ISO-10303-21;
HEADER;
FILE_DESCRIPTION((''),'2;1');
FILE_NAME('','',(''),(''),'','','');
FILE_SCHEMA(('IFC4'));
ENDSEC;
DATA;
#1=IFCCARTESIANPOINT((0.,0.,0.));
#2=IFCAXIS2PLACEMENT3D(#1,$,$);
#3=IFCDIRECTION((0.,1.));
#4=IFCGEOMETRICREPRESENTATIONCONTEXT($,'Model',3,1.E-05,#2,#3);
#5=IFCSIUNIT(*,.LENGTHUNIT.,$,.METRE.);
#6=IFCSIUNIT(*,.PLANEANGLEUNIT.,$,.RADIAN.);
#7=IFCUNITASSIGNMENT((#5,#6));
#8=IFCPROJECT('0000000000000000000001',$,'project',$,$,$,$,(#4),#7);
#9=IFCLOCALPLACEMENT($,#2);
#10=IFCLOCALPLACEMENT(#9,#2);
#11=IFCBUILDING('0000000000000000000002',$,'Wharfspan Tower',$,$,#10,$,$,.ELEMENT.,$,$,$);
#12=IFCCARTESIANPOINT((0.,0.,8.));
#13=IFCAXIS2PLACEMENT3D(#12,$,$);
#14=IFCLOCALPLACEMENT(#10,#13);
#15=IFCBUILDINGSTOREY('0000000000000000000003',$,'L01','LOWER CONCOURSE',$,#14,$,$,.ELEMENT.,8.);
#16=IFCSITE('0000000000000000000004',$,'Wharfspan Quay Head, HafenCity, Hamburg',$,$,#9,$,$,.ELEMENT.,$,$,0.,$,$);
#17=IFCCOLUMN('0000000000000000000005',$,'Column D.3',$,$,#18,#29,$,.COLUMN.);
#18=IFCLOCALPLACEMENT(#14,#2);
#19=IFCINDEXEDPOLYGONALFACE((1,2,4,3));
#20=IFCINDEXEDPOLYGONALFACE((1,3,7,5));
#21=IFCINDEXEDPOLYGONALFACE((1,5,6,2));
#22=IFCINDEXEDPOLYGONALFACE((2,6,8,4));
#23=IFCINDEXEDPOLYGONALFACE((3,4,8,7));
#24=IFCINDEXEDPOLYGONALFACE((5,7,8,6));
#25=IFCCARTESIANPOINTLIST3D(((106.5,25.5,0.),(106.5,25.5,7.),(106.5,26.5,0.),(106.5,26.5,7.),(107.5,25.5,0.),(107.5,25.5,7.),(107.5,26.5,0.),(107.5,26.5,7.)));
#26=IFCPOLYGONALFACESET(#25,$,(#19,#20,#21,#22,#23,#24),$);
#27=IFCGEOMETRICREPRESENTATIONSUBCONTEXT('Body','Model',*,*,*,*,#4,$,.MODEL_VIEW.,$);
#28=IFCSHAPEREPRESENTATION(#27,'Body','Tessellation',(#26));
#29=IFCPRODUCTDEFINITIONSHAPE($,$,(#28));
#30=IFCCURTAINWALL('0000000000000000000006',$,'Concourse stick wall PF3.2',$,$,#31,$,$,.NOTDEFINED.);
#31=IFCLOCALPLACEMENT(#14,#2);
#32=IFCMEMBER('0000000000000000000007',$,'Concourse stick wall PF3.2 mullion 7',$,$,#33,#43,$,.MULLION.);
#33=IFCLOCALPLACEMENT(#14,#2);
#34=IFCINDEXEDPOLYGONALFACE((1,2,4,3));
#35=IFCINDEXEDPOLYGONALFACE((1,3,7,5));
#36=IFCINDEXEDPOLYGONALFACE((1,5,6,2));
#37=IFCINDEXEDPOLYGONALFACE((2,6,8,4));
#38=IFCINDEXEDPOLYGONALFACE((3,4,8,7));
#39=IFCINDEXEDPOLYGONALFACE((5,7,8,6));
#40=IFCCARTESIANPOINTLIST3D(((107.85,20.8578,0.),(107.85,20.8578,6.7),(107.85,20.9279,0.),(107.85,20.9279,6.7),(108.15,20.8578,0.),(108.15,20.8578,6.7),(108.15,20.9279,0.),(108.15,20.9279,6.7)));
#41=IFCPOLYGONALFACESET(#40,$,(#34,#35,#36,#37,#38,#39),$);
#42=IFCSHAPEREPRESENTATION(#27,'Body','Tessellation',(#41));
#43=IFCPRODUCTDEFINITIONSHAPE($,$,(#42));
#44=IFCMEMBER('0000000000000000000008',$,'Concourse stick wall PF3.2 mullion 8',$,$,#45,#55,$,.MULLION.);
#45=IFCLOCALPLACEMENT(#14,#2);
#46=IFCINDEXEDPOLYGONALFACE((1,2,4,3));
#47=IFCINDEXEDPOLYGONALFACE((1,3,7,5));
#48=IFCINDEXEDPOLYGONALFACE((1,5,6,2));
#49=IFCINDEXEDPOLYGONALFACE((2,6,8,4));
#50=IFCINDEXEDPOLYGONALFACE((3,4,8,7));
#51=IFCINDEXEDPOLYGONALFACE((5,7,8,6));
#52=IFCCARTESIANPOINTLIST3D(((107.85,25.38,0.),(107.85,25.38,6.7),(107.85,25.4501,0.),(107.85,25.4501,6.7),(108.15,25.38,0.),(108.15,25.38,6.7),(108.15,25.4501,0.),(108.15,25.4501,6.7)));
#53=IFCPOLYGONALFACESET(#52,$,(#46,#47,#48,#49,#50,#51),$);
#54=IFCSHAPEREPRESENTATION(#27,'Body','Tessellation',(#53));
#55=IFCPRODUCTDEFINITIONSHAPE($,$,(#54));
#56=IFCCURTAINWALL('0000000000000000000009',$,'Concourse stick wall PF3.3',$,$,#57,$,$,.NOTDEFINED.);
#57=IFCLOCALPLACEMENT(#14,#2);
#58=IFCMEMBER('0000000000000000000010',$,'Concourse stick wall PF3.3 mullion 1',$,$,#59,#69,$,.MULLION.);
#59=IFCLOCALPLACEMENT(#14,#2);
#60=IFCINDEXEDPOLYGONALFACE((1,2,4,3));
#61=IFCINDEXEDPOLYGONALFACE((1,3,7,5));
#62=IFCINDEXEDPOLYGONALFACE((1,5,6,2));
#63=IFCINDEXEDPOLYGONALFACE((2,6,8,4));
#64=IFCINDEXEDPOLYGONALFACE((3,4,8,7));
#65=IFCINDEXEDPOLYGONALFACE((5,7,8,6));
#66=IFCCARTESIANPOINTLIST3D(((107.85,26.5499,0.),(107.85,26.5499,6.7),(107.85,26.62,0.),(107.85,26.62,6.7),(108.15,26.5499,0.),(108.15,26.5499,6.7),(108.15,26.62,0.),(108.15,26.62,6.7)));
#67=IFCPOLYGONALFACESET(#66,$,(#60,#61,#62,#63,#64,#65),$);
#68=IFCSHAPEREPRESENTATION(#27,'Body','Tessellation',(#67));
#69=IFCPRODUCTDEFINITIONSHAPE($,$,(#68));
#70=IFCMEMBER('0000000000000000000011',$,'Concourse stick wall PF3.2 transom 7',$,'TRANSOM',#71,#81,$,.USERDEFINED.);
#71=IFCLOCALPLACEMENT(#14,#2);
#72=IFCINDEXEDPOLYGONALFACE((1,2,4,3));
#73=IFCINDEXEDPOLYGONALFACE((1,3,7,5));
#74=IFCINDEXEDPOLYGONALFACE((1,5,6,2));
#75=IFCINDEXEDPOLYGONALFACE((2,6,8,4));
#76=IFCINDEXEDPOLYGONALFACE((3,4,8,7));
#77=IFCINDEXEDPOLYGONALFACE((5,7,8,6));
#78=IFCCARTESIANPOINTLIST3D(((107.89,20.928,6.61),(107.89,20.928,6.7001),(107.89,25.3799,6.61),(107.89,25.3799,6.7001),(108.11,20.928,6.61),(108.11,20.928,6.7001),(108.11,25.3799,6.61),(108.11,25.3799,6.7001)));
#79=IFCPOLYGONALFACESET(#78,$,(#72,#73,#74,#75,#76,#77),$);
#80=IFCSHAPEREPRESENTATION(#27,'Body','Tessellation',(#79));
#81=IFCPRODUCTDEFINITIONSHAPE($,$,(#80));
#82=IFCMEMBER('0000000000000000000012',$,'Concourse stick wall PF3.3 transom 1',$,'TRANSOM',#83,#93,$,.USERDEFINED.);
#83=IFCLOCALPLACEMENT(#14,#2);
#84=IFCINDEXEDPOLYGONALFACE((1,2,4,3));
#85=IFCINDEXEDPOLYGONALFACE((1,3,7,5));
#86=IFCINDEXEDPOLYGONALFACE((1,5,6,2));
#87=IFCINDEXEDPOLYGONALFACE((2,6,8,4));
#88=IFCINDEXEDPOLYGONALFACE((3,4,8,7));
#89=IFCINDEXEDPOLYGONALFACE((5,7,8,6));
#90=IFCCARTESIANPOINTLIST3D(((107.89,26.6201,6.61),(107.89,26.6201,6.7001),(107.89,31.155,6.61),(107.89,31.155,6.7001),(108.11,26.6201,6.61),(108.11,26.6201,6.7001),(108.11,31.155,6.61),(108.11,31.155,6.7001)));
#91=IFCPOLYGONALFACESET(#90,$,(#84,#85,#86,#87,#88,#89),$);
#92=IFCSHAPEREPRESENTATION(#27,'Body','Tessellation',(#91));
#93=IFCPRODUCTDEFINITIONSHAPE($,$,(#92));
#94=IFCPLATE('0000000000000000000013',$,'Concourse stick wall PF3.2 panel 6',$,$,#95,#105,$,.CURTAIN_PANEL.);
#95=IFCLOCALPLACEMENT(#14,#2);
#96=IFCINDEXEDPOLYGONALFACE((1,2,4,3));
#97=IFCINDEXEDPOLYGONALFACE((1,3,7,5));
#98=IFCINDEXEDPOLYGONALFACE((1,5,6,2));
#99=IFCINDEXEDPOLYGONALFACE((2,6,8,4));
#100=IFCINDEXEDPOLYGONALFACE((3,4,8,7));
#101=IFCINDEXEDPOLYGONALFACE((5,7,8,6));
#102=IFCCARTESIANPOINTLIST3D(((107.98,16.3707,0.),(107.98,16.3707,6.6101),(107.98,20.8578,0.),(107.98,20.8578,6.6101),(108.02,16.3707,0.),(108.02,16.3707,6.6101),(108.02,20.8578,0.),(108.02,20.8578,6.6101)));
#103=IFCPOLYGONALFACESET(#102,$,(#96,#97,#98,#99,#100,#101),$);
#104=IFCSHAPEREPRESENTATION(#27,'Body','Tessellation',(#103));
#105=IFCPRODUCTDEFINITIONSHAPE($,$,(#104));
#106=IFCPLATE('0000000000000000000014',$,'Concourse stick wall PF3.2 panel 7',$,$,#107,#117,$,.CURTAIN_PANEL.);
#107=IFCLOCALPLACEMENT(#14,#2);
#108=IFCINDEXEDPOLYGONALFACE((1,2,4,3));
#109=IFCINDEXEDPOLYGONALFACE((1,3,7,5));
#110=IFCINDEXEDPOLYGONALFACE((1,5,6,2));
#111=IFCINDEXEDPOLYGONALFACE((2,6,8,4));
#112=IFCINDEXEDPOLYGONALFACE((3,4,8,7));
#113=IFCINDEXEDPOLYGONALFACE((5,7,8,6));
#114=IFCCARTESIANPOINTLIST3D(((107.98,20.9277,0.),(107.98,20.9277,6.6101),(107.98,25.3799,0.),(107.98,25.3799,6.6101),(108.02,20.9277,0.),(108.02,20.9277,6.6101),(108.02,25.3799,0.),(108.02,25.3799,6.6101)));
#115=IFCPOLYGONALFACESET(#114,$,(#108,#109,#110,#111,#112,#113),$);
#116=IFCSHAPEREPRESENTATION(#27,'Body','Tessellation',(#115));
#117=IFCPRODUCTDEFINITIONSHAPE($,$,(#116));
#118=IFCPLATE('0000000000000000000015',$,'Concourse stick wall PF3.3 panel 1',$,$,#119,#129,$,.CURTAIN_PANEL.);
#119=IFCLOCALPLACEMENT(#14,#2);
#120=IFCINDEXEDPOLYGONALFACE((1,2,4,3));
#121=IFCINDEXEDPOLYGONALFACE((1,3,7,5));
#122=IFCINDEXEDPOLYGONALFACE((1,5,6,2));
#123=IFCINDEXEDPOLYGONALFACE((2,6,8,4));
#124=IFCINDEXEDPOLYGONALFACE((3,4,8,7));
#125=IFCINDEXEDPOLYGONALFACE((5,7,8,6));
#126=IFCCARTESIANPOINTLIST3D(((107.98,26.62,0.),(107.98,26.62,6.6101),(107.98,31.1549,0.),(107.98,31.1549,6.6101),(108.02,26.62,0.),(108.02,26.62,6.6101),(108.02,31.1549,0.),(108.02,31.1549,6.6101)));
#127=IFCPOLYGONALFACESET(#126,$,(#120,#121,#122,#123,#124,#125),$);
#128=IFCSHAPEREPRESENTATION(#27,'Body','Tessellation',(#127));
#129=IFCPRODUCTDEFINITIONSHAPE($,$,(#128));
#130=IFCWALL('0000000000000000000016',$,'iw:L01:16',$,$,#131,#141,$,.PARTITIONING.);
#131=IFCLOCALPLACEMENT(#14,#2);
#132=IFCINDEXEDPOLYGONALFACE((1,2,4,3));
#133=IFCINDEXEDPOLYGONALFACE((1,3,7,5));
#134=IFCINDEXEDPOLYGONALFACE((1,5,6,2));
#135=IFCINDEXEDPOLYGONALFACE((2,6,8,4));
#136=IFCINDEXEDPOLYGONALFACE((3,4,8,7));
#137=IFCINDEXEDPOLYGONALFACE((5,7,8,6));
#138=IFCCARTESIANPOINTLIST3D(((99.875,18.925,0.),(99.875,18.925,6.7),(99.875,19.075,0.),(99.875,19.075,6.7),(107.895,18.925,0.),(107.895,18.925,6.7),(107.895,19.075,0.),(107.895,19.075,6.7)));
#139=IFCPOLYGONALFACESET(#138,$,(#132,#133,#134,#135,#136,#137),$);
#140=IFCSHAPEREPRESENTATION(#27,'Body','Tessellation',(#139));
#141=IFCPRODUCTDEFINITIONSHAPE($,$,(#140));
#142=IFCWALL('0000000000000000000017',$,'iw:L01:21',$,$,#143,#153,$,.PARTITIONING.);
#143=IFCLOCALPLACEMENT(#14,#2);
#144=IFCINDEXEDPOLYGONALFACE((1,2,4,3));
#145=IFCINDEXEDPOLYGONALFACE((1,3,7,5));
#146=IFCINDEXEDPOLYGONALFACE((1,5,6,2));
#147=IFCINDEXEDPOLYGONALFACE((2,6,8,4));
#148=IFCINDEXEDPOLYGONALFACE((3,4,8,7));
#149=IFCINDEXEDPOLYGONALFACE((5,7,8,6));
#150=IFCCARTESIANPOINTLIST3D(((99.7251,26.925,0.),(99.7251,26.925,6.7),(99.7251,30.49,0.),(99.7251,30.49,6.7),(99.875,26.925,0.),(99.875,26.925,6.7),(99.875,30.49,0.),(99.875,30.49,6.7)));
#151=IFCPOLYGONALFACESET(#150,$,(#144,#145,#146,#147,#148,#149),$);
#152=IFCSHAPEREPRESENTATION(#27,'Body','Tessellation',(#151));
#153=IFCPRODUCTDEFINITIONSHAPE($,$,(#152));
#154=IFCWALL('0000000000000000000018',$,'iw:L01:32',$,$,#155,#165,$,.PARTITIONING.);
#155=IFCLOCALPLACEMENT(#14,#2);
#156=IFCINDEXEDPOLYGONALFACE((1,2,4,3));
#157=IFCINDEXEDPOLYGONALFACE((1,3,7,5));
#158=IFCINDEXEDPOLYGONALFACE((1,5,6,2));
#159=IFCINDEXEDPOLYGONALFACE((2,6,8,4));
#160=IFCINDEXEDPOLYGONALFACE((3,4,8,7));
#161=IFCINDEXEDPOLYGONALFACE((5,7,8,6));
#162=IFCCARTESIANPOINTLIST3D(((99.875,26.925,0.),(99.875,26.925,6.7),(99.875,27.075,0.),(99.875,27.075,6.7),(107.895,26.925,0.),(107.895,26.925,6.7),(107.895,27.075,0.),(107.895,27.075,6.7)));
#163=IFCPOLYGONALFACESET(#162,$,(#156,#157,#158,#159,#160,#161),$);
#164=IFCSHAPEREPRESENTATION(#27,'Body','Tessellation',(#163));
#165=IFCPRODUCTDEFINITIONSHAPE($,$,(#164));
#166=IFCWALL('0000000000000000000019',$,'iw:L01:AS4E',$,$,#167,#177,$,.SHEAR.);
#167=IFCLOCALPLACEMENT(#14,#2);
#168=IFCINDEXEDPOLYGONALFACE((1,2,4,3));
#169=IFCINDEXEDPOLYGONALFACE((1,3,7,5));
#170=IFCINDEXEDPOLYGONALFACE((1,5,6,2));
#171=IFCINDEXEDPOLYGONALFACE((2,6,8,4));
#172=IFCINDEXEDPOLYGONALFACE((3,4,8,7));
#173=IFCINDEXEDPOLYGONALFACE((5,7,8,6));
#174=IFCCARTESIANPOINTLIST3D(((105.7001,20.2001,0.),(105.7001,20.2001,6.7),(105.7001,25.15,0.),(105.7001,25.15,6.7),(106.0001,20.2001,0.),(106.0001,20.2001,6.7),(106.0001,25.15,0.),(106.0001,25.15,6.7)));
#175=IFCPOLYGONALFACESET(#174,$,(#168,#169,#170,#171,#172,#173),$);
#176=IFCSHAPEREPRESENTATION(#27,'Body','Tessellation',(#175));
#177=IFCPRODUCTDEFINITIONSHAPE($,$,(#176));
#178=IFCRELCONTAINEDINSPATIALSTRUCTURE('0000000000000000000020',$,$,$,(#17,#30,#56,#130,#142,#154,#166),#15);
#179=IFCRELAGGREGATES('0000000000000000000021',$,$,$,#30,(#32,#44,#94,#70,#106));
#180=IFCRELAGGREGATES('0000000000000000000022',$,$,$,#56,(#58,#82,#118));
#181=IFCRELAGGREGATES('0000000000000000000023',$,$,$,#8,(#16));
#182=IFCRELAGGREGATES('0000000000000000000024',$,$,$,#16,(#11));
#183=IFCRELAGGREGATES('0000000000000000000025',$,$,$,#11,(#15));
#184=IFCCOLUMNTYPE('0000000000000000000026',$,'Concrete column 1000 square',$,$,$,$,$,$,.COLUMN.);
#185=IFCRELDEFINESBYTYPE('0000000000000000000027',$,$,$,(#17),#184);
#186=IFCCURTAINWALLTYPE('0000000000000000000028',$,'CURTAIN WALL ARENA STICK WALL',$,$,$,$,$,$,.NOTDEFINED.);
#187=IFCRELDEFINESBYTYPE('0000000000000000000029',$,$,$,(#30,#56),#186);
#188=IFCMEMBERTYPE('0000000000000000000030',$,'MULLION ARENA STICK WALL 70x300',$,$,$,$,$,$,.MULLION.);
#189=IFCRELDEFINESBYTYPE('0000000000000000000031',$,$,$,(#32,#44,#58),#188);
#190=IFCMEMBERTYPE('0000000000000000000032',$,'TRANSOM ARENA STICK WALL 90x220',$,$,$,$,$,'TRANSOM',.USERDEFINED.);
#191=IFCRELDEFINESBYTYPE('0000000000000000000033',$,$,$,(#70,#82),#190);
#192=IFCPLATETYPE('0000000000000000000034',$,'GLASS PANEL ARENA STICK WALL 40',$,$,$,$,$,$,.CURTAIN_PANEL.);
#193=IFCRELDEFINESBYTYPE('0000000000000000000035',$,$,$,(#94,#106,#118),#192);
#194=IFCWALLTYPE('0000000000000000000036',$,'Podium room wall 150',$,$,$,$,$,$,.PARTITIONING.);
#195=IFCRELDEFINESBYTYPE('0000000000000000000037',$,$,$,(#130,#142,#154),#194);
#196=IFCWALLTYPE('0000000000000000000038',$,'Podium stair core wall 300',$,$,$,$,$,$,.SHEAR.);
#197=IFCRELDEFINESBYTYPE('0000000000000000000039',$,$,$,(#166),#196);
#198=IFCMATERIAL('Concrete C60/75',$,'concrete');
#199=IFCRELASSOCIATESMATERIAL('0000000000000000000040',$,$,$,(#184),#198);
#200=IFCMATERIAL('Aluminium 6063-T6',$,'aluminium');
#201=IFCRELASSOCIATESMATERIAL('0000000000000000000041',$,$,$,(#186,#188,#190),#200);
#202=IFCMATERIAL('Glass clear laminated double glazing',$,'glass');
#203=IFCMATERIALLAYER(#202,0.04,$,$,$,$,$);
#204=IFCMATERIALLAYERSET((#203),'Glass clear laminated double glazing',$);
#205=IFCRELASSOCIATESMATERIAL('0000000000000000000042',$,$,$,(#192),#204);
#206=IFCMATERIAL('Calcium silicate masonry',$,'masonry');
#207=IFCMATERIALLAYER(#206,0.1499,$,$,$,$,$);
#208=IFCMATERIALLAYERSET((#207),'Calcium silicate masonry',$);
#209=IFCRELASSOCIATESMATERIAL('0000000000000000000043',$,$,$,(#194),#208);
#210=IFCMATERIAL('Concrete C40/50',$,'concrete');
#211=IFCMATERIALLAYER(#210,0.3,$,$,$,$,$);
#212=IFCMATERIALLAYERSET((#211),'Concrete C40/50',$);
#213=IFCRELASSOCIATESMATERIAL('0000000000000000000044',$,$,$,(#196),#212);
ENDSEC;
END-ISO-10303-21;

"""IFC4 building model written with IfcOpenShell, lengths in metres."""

from ifc_helpers import new_model, si_unit, direction, frame, frame_2d, origin, origin_2d, place, context, subcontext, project, spatial, rectangle, extrude, material, layer, layer_set, material_profile, profile_set, type_object, element, aggregate, save


model = new_model("IFC4")

# Units and contexts
model_context = context("Model", 3, precision=1e-05, world=origin(), true_north=direction((0.0, 1.0)))
body_context = subcontext(model_context, "Body", "Model", "MODEL_VIEW")
ifc_project = project(units=[si_unit("LENGTHUNIT", "METRE"), si_unit("PLANEANGLEUNIT", "RADIAN")], contexts=[model_context])

# Site, building, storey
site_placement = place(None, origin())
site = spatial("IfcSite", under=ifc_project, at=site_placement, Name="Wharfspan Quay Head, HafenCity, Hamburg", CompositionType="ELEMENT", RefElevation=0.0)
building_placement = place(site_placement, origin())
building = spatial("IfcBuilding", under=site, at=building_placement, Name="Wharfspan Tower", CompositionType="ELEMENT")
storey_placement = place(building_placement, frame((0.0, 0.0, 8.0)))
storey = spatial("IfcBuildingStorey", under=building, at=storey_placement, Name="L01", Description="LOWER CONCOURSE", CompositionType="ELEMENT", Elevation=8.0)

# Column
ifc_material_1 = material(Name="Concrete C60/75", Category="concrete")
ifc_material_profile_1 = material_profile(ifc_material_1, rectangle(XDim=1.0, YDim=1.0, at=origin_2d()))
ifc_profile_set_1 = profile_set([ifc_material_profile_1], Name="Concrete C60/75")
column_type = type_object("IfcColumnType", Name="Concrete column 1000 square", PredefinedType="COLUMN", material=ifc_profile_set_1)
column_placement = place(storey_placement, frame((107.0, 26.0, 0.0), z_axis=(0.0, 0.0, 1.0), x_axis=(1.0, 0.0, 0.0)))
element("IfcColumn", 1, at=column_placement, inside=storey, type_object=column_type, Name="Column D.3", PredefinedType="COLUMN", context=body_context, shape_type="SweptSolid", body=[
    extrude(rectangle(XDim=1.0, YDim=1.0, at=origin_2d()), origin(), (0.0, 0.0, 1.0), 7.0),
])

# Curtain wall, members
ifc_material_2 = material(Name="Aluminium 6063-T6", Category="aluminium")
curtain_wall_type = type_object("IfcCurtainWallType", Name="CURTAIN WALL ARENA STICK WALL", PredefinedType="NOTDEFINED", material=ifc_material_2)
curtain_wall_1_placement = place(storey_placement, origin())
curtain_wall_1 = element("IfcCurtainWall", 2, at=curtain_wall_1_placement, inside=storey, type_object=curtain_wall_type, Name="Concourse stick wall PF3.2", PredefinedType="NOTDEFINED")
ifc_material_profile_2 = material_profile(ifc_material_2, rectangle(XDim=0.3, YDim=0.0701, at=origin_2d()))
ifc_profile_set_2 = profile_set([ifc_material_profile_2], Name="Aluminium 6063-T6")
member_type_1 = type_object("IfcMemberType", Name="MULLION ARENA STICK WALL 70x300", PredefinedType="MULLION", material=ifc_profile_set_2)
member_1_placement = place(storey_placement, frame((108.0, 20.8928, 0.0), z_axis=(0.0, 0.0, 1.0), x_axis=(-1.0, 0.0, 0.0)))
member_1 = element("IfcMember", 3, at=member_1_placement, type_object=member_type_1, Name="Concourse stick wall PF3.2 mullion 7", PredefinedType="MULLION", context=body_context, shape_type="SweptSolid", body=[
    extrude(rectangle(XDim=0.3, YDim=0.0701, at=origin_2d()), origin(), (0.0, 0.0, 1.0), 6.7),
])
member_2_placement = place(storey_placement, frame((108.0, 25.415, 0.0), z_axis=(0.0, 0.0, 1.0), x_axis=(-1.0, 0.0, 0.0)))
member_2 = element("IfcMember", 4, at=member_2_placement, type_object=member_type_1, Name="Concourse stick wall PF3.2 mullion 8", PredefinedType="MULLION", context=body_context, shape_type="SweptSolid", body=[
    extrude(rectangle(XDim=0.3, YDim=0.0701, at=origin_2d()), origin(), (0.0, 0.0, 1.0), 6.7),
])

# Curtain wall, member
curtain_wall_2_placement = place(storey_placement, origin())
curtain_wall_2 = element("IfcCurtainWall", 5, at=curtain_wall_2_placement, inside=storey, type_object=curtain_wall_type, Name="Concourse stick wall PF3.3", PredefinedType="NOTDEFINED")
member_3_placement = place(storey_placement, frame((108.0, 26.585, 0.0), z_axis=(0.0, 0.0, 1.0), x_axis=(-1.0, 0.0, 0.0)))
member_3 = element("IfcMember", 6, at=member_3_placement, type_object=member_type_1, Name="Concourse stick wall PF3.3 mullion 1", PredefinedType="MULLION", context=body_context, shape_type="SweptSolid", body=[
    extrude(rectangle(XDim=0.3, YDim=0.0701, at=origin_2d()), origin(), (0.0, 0.0, 1.0), 6.7),
])

# Members
ifc_material_profile_3 = material_profile(ifc_material_2, rectangle(XDim=0.22, YDim=0.0901, at=origin_2d()))
ifc_profile_set_3 = profile_set([ifc_material_profile_3], Name="Aluminium 6063-T6")
member_type_2 = type_object("IfcMemberType", Name="TRANSOM ARENA STICK WALL 90x220", ElementType="TRANSOM", PredefinedType="USERDEFINED", material=ifc_profile_set_3)
member_4_placement = place(storey_placement, frame((108.0, 20.928, 6.655), z_axis=(0.0, 1.0, 0.0), x_axis=(-1.0, 0.0, 0.0)))
member_4 = element("IfcMember", 7, at=member_4_placement, type_object=member_type_2, Name="Concourse stick wall PF3.2 transom 7", ObjectType="TRANSOM", PredefinedType="USERDEFINED", context=body_context, shape_type="SweptSolid", body=[
    extrude(rectangle(XDim=0.22, YDim=0.0901, at=origin_2d()), origin(), (0.0, 0.0, 1.0), 4.4519),
])
member_5_placement = place(storey_placement, frame((108.0, 26.6201, 6.655), z_axis=(0.0, 1.0, 0.0), x_axis=(-1.0, 0.0, 0.0)))
member_5 = element("IfcMember", 8, at=member_5_placement, type_object=member_type_2, Name="Concourse stick wall PF3.3 transom 1", ObjectType="TRANSOM", PredefinedType="USERDEFINED", context=body_context, shape_type="SweptSolid", body=[
    extrude(rectangle(XDim=0.22, YDim=0.0901, at=origin_2d()), origin(), (0.0, 0.0, 1.0), 4.5349),
])

# Plates
ifc_material_3 = material(Name="Glass clear laminated double glazing", Category="glass")
ifc_layer_1 = layer(ifc_material_3, 0.04)
ifc_layer_set_1 = layer_set([ifc_layer_1], Name="Glass clear laminated double glazing")
plate_type = type_object("IfcPlateType", Name="GLASS PANEL ARENA STICK WALL 40", PredefinedType="CURTAIN_PANEL", material=ifc_layer_set_1)
plate_1_placement = place(storey_placement, frame((108.0, 18.6143, 0.0), z_axis=(0.0, 0.0, 1.0), x_axis=(0.0, 1.0, 0.0)))
plate_1 = element("IfcPlate", 9, at=plate_1_placement, type_object=plate_type, Name="Concourse stick wall PF3.2 panel 6", PredefinedType="CURTAIN_PANEL", context=body_context, shape_type="SweptSolid", body=[
    extrude(rectangle(XDim=4.4871, YDim=0.04, at=origin_2d()), origin(), (0.0, 0.0, 1.0), 6.6101),
])
plate_2_placement = place(storey_placement, frame((108.0, 23.1538, 0.0), z_axis=(0.0, 0.0, 1.0), x_axis=(0.0, 1.0, 0.0)))
plate_2 = element("IfcPlate", 10, at=plate_2_placement, type_object=plate_type, Name="Concourse stick wall PF3.2 panel 7", PredefinedType="CURTAIN_PANEL", context=body_context, shape_type="SweptSolid", body=[
    extrude(rectangle(XDim=4.4521, YDim=0.04, at=origin_2d()), origin(), (0.0, 0.0, 1.0), 6.6101),
])
aggregate(curtain_wall_1, [member_1, member_2, plate_1, member_4, plate_2])
plate_3_placement = place(storey_placement, frame((108.0, 28.8875, 0.0), z_axis=(0.0, 0.0, 1.0), x_axis=(0.0, 1.0, 0.0)))
plate_3 = element("IfcPlate", 11, at=plate_3_placement, type_object=plate_type, Name="Concourse stick wall PF3.3 panel 1", PredefinedType="CURTAIN_PANEL", context=body_context, shape_type="SweptSolid", body=[
    extrude(rectangle(XDim=4.5349, YDim=0.04, at=origin_2d()), origin(), (0.0, 0.0, 1.0), 6.6101),
])
aggregate(curtain_wall_2, [member_3, member_5, plate_3])

# Walls
ifc_material_4 = material(Name="Calcium silicate masonry", Category="masonry")
ifc_layer_2 = layer(ifc_material_4, 0.1499)
ifc_layer_set_2 = layer_set([ifc_layer_2], Name="Calcium silicate masonry")
wall_type_1 = type_object("IfcWallType", Name="Podium room wall 150", PredefinedType="PARTITIONING", material=ifc_layer_set_2)
wall_1_placement = place(storey_placement, frame((99.875, 19.0, 0.0), z_axis=(0.0, 0.0, 1.0), x_axis=(1.0, 0.0, 0.0)))
element("IfcWall", 12, at=wall_1_placement, inside=storey, type_object=wall_type_1, Name="iw:L01:16", PredefinedType="PARTITIONING", context=body_context, shape_type="SweptSolid", body=[
    extrude(rectangle(XDim=8.02, YDim=0.1499, at=frame_2d((4.01, 0.0))), origin(), (0.0, 0.0, 1.0), 6.7),
])
wall_2_placement = place(storey_placement, frame((99.8, 26.925, 0.0), z_axis=(0.0, 0.0, 1.0), x_axis=(0.0, 1.0, 0.0)))
element("IfcWall", 13, at=wall_2_placement, inside=storey, type_object=wall_type_1, Name="iw:L01:21", PredefinedType="PARTITIONING", context=body_context, shape_type="SweptSolid", body=[
    extrude(rectangle(XDim=3.5649, YDim=0.1499, at=frame_2d((1.7825, 0.0))), origin(), (0.0, 0.0, 1.0), 6.7),
])
wall_3_placement = place(storey_placement, frame((99.875, 27.0, 0.0), z_axis=(0.0, 0.0, 1.0), x_axis=(1.0, 0.0, 0.0)))
element("IfcWall", 14, at=wall_3_placement, inside=storey, type_object=wall_type_1, Name="iw:L01:32", PredefinedType="PARTITIONING", context=body_context, shape_type="SweptSolid", body=[
    extrude(rectangle(XDim=8.02, YDim=0.1499, at=frame_2d((4.01, 0.0))), origin(), (0.0, 0.0, 1.0), 6.7),
])
ifc_material_5 = material(Name="Concrete C40/50", Category="concrete")
ifc_layer_3 = layer(ifc_material_5, 0.3)
ifc_layer_set_3 = layer_set([ifc_layer_3], Name="Concrete C40/50")
wall_type_2 = type_object("IfcWallType", Name="Podium stair core wall 300", PredefinedType="SHEAR", material=ifc_layer_set_3)
wall_4_placement = place(storey_placement, frame((105.8501, 20.2, 0.0), z_axis=(0.0, 0.0, 1.0), x_axis=(0.0, 1.0, 0.0)))
element("IfcWall", 15, at=wall_4_placement, inside=storey, type_object=wall_type_2, Name="iw:L01:AS4E", PredefinedType="SHEAR", context=body_context, shape_type="SweptSolid", body=[
    extrude(rectangle(XDim=4.95, YDim=0.3, at=frame_2d((2.4751, 0.0))), origin(), (0.0, 0.0, 1.0), 6.7),
])

save(model, "model.ifc")
